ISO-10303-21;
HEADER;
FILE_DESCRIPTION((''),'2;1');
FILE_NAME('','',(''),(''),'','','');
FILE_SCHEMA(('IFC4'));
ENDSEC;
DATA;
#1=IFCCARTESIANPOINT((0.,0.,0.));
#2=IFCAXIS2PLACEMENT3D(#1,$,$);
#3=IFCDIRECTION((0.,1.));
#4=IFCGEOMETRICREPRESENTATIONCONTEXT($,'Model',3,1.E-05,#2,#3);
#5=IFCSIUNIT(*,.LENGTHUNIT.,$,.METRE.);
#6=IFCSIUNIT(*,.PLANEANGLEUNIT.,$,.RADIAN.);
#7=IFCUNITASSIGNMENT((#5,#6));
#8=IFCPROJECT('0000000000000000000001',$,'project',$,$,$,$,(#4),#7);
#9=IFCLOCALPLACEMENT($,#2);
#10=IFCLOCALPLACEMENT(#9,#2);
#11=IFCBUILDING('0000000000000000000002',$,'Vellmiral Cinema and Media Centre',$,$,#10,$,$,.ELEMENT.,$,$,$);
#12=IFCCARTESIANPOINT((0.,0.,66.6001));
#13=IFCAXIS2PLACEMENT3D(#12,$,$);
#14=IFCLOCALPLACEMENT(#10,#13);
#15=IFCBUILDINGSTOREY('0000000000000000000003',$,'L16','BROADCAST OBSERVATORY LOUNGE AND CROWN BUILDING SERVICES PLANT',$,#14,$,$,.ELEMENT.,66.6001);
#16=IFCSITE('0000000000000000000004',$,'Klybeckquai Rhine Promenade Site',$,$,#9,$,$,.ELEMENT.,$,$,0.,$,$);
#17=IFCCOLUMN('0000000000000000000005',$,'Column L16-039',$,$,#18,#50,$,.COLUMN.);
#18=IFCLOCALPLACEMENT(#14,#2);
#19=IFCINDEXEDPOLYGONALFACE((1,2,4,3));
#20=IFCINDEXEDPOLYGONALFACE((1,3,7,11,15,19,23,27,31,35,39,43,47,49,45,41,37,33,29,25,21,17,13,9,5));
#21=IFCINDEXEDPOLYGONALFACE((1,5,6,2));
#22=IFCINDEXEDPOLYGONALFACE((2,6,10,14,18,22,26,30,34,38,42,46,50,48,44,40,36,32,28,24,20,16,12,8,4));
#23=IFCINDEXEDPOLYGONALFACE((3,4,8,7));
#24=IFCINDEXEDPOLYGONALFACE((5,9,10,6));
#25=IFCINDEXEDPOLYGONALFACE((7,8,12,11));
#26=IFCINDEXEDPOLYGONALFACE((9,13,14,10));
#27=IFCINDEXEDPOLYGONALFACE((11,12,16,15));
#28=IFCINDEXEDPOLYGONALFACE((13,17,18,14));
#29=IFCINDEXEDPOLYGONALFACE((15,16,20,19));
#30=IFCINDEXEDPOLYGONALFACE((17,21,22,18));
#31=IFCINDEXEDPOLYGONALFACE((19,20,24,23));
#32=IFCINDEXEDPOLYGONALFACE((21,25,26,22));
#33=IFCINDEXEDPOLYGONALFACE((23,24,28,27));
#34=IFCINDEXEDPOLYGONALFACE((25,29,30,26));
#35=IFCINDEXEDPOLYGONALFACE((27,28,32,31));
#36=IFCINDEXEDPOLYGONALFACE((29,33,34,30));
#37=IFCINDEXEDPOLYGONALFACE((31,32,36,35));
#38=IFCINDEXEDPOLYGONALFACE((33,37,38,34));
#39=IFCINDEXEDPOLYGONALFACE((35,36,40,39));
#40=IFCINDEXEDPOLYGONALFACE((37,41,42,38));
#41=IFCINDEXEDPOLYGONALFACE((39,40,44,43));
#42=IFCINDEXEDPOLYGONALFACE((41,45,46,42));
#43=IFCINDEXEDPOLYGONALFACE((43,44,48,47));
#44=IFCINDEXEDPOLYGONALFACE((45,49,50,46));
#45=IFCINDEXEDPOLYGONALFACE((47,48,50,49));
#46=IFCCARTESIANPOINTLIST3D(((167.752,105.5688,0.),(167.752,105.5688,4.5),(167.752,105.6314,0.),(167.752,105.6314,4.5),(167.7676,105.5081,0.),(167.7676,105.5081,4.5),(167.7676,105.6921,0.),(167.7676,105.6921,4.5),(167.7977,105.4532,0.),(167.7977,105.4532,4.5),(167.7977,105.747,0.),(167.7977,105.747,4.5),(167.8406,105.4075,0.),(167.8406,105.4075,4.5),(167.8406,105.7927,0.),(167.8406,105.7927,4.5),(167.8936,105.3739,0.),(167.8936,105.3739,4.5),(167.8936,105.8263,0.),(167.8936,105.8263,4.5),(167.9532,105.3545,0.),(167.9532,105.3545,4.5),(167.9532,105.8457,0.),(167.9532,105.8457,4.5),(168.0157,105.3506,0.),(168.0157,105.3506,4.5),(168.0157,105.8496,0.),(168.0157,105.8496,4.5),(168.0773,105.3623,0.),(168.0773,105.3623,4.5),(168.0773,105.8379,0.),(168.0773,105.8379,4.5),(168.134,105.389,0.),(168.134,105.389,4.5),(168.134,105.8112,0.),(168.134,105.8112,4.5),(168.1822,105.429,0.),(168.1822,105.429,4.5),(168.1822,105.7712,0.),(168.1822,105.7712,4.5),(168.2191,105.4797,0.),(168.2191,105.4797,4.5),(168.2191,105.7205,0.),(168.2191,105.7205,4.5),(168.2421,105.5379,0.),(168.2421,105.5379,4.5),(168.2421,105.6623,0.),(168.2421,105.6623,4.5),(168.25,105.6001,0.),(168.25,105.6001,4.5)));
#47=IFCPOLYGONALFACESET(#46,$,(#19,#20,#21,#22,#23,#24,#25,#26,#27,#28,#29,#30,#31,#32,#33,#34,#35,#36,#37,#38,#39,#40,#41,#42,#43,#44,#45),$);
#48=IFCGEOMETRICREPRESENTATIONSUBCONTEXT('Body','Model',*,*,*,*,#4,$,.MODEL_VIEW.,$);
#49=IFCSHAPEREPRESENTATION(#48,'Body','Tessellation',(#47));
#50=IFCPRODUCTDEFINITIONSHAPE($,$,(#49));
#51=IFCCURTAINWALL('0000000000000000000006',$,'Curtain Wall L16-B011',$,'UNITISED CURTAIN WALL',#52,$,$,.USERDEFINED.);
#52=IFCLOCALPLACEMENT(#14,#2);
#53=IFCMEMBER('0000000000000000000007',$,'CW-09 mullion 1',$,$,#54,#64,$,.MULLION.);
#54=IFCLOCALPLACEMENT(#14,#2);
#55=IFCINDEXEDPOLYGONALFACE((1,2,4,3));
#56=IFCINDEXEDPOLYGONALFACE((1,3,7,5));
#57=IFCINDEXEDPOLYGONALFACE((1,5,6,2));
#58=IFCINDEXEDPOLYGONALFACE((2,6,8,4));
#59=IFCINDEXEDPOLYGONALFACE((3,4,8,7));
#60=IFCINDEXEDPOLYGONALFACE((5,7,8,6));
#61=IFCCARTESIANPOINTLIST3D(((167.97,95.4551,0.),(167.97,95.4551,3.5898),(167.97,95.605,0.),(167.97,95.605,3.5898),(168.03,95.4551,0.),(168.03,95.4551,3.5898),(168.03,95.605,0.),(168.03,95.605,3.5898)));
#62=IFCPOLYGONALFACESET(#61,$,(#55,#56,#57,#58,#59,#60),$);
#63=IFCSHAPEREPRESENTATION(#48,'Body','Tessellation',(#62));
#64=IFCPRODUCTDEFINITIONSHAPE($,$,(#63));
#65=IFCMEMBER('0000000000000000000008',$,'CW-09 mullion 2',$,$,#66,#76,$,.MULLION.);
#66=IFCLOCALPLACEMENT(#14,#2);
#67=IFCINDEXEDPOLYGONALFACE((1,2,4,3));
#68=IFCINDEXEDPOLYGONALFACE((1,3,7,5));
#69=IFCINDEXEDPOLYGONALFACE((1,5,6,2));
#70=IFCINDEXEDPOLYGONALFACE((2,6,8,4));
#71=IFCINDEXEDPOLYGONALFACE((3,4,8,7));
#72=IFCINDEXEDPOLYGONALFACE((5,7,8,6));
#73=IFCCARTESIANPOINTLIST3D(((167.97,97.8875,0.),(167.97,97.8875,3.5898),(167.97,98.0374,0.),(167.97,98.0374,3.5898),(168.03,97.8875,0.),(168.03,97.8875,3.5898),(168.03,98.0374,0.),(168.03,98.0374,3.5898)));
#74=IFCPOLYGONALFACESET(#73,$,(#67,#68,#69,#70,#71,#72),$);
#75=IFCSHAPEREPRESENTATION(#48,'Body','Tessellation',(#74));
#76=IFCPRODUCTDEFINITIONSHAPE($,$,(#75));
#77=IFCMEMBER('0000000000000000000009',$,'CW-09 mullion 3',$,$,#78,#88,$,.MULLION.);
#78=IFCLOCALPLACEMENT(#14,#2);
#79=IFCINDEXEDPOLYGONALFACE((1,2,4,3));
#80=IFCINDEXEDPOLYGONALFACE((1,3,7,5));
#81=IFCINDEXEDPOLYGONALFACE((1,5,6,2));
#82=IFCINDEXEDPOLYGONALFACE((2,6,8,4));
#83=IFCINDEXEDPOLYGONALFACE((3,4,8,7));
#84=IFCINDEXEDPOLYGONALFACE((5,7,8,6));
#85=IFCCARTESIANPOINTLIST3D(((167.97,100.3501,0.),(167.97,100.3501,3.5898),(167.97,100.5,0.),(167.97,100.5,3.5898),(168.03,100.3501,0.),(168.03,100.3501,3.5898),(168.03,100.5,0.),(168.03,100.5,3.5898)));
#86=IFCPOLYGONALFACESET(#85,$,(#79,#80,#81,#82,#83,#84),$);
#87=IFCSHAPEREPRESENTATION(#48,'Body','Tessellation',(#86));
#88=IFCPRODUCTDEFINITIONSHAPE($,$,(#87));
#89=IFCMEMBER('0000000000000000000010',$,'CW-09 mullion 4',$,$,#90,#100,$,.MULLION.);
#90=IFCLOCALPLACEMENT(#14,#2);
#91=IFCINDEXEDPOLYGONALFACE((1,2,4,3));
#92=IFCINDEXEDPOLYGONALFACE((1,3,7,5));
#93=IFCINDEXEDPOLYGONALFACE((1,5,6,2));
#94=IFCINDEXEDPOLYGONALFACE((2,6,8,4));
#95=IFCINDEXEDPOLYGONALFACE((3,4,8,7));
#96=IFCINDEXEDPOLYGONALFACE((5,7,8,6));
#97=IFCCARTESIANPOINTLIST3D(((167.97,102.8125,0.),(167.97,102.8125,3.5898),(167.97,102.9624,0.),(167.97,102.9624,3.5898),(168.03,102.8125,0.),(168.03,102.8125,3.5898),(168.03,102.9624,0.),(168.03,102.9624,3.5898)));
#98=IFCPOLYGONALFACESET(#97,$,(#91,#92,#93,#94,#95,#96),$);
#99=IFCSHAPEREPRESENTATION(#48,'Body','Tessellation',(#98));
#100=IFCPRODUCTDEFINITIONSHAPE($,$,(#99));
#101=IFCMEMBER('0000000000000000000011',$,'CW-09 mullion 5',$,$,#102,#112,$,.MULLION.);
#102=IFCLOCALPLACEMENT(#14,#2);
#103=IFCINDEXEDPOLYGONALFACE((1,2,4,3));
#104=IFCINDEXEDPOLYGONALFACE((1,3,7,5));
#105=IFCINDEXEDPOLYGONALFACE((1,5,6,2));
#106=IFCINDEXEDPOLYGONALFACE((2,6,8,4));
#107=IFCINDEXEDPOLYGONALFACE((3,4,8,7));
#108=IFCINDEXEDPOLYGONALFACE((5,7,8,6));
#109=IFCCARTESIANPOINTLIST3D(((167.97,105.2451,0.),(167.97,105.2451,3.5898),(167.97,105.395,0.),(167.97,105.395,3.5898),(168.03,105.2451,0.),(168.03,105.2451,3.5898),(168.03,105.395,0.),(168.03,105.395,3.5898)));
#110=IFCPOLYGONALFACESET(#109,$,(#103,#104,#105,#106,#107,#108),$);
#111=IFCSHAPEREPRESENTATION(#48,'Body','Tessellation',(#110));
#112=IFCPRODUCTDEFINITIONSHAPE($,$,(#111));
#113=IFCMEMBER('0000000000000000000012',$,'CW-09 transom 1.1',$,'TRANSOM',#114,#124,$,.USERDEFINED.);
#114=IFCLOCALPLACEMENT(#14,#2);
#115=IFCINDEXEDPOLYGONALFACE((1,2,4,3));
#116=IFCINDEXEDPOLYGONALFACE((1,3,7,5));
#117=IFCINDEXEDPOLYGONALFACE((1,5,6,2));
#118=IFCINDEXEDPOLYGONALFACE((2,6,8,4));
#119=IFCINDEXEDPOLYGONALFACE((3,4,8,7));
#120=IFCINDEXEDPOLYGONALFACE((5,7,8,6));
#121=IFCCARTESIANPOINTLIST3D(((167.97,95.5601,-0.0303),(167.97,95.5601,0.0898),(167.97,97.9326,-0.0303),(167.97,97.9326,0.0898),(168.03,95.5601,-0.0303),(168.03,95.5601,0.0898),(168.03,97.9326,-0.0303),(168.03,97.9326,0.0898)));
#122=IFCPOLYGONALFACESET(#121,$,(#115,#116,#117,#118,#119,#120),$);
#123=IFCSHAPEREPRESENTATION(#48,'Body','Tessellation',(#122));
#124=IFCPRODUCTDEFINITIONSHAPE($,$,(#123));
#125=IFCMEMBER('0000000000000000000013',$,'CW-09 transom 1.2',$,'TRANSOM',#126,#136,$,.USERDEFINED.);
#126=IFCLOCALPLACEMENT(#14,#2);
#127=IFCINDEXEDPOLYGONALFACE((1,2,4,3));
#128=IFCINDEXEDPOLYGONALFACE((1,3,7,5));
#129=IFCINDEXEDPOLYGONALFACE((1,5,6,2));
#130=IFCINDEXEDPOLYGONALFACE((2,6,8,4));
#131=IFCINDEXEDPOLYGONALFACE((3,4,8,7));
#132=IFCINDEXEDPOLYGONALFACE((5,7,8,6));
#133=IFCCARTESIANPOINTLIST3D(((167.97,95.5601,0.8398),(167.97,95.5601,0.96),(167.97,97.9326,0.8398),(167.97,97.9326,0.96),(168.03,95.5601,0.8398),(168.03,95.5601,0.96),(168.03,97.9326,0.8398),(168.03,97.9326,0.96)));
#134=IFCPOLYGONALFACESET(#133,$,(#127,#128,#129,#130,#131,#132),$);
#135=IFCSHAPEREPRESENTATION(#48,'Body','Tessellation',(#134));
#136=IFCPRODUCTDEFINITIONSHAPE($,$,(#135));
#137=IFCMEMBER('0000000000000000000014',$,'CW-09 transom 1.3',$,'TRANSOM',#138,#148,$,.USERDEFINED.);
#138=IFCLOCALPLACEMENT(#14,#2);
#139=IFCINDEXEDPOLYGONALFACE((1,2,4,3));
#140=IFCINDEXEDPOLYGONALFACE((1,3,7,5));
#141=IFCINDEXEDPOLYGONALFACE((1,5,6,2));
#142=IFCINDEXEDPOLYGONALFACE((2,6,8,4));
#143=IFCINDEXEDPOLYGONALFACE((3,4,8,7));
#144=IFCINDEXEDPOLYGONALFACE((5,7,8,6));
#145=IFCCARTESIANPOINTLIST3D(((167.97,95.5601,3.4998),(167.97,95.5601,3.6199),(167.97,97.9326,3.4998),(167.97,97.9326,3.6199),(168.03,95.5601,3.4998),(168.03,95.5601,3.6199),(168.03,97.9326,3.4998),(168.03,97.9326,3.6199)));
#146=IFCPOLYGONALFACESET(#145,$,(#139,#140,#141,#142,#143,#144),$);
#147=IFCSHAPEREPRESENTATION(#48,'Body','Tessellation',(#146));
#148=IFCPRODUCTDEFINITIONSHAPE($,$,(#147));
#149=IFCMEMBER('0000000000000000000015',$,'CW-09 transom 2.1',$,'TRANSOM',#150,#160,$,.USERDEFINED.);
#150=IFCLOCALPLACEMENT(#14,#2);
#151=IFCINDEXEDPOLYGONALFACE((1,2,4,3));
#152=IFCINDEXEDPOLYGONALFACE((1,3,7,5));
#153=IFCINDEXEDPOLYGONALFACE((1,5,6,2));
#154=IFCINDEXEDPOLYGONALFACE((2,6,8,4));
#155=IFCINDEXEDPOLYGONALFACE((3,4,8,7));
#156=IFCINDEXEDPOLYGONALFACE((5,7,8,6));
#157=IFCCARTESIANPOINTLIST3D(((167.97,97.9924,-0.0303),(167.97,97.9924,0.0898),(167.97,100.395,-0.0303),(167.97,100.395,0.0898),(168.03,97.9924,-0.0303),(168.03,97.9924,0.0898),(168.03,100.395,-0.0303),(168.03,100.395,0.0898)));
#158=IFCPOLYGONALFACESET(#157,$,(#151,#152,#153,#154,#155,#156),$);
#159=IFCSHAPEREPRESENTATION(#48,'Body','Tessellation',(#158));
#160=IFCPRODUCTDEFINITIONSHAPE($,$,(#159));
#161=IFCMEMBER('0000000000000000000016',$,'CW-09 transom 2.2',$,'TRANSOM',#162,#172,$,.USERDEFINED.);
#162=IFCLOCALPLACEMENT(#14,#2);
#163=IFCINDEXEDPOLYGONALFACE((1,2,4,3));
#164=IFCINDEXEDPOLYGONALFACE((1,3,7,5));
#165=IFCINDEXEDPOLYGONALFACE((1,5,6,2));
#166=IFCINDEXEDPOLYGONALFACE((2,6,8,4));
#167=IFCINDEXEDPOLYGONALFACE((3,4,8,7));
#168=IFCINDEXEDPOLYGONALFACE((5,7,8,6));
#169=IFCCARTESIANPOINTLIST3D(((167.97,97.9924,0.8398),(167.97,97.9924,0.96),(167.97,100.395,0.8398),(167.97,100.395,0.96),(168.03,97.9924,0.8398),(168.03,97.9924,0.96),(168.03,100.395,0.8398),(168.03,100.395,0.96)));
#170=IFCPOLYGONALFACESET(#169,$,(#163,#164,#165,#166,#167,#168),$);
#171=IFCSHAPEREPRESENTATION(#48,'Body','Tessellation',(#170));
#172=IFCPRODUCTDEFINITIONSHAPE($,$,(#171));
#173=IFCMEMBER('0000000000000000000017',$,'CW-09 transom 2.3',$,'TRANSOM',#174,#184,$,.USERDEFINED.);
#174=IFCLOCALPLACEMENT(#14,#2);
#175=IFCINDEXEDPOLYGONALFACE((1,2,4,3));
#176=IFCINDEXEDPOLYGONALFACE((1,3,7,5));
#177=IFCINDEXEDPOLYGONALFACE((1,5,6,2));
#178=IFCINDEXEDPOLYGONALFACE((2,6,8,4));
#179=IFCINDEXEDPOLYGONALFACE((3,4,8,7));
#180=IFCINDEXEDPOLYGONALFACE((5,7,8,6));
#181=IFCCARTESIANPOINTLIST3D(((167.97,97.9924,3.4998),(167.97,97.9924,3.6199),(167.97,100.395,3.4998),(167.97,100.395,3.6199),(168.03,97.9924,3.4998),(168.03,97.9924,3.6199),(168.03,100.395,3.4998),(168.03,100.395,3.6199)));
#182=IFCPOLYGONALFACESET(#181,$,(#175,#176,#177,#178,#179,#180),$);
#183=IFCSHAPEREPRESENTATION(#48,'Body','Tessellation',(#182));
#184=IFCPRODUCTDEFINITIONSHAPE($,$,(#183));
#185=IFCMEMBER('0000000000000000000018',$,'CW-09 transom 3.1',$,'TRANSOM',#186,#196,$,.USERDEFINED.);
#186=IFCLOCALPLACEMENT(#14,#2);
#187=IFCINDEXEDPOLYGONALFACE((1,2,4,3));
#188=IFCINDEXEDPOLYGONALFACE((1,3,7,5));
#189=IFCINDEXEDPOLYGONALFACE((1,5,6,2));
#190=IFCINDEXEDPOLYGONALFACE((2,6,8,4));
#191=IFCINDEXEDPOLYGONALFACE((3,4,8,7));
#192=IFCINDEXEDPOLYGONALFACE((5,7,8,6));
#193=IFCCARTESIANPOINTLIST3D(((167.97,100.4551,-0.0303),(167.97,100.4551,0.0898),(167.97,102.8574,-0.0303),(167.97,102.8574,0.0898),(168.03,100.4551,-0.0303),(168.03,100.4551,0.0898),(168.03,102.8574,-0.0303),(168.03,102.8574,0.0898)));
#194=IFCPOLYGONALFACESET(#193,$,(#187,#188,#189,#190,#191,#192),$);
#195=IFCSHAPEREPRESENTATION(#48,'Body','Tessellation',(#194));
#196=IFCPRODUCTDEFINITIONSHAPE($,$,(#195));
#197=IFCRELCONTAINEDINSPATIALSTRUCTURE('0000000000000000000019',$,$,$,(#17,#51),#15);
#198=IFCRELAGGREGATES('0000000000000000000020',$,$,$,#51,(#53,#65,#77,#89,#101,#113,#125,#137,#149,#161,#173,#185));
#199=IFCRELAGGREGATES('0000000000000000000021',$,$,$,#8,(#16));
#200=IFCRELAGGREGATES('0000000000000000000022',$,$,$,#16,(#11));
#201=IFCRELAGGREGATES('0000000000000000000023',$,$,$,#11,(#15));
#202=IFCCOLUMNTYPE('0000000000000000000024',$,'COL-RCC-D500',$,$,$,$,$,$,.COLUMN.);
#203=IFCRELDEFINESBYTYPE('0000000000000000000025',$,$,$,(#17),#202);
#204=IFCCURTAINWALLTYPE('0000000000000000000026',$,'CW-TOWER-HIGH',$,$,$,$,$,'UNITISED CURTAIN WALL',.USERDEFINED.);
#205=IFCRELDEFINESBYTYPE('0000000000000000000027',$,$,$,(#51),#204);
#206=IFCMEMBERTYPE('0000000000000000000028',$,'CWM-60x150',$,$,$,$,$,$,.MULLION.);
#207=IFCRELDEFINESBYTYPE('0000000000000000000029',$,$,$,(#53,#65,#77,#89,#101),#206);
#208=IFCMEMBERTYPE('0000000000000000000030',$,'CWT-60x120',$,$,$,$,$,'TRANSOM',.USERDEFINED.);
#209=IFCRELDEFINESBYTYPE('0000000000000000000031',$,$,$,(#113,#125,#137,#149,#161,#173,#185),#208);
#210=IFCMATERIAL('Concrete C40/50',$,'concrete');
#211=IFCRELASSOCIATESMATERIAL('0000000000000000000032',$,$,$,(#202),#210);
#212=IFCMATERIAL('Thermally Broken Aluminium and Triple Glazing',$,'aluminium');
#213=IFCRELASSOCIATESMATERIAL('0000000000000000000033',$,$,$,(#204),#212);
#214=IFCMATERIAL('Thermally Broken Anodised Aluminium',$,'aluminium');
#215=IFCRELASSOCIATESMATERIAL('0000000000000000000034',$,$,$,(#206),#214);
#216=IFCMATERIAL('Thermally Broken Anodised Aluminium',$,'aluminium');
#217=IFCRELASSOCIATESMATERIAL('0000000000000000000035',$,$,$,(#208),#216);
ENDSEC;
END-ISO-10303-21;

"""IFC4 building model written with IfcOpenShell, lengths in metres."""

from ifc_helpers import new_model, si_unit, direction, frame, origin, origin_2d, place, context, subcontext, project, spatial, rectangle, circle, extrude, material, material_profile, profile_set, type_object, element, aggregate, save


model = new_model("IFC4")

# Units and contexts
model_context = context("Model", 3, precision=1e-05, world=origin(), true_north=direction((0.0, 1.0)))
body_context = subcontext(model_context, "Body", "Model", "MODEL_VIEW")
ifc_project = project(units=[si_unit("LENGTHUNIT", "METRE"), si_unit("PLANEANGLEUNIT", "RADIAN")], contexts=[model_context])

# Site, building, storey
site_placement = place(None, origin())
site = spatial("IfcSite", under=ifc_project, at=site_placement, Name="Klybeckquai Rhine Promenade Site", CompositionType="ELEMENT", RefElevation=0.0)
building_placement = place(site_placement, origin())
building = spatial("IfcBuilding", under=site, at=building_placement, Name="Vellmiral Cinema and Media Centre", CompositionType="ELEMENT")
storey_placement = place(building_placement, frame((0.0, 0.0, 66.6001)))
storey = spatial("IfcBuildingStorey", under=building, at=storey_placement, Name="L16", Description="BROADCAST OBSERVATORY LOUNGE AND CROWN BUILDING SERVICES PLANT", CompositionType="ELEMENT", Elevation=66.6001)

# Column
ifc_material_1 = material(Name="Concrete C40/50", Category="concrete")
ifc_material_profile_1 = material_profile(ifc_material_1, circle(Radius=0.25, at=origin_2d()), Name="RC D500")
ifc_profile_set_1 = profile_set([ifc_material_profile_1], Name="Concrete C40/50")
column_type = type_object("IfcColumnType", Name="COL-RCC-D500", PredefinedType="COLUMN", material=ifc_profile_set_1)
column_placement = place(storey_placement, frame((168.0, 105.6001, 0.0), z_axis=(0.0, 0.0, 1.0), x_axis=(1.0, 0.0, 0.0)))
element("IfcColumn", 1, at=column_placement, inside=storey, type_object=column_type, Name="Column L16-039", PredefinedType="COLUMN", context=body_context, shape_type="SweptSolid", body=[
    extrude(circle(Radius=0.25, at=origin_2d()), origin(), (0.0, 0.0, 1.0), 4.5),
])

# Curtain wall, members
ifc_material_2 = material(Name="Thermally Broken Aluminium and Triple Glazing", Category="aluminium")
curtain_wall_type = type_object("IfcCurtainWallType", Name="CW-TOWER-HIGH", ElementType="UNITISED CURTAIN WALL", PredefinedType="USERDEFINED", material=ifc_material_2)
curtain_wall_placement = place(storey_placement, origin())
curtain_wall = element("IfcCurtainWall", 2, at=curtain_wall_placement, inside=storey, type_object=curtain_wall_type, Name="Curtain Wall L16-B011", ObjectType="UNITISED CURTAIN WALL", PredefinedType="USERDEFINED")
ifc_material_3 = material(Name="Thermally Broken Anodised Aluminium", Category="aluminium")
ifc_material_profile_2 = material_profile(ifc_material_3, rectangle(XDim=0.0601, YDim=0.1499, at=origin_2d()), Name="MULL 60x150")
ifc_profile_set_2 = profile_set([ifc_material_profile_2], Name="Thermally Broken Anodised Aluminium")
member_type_1 = type_object("IfcMemberType", Name="CWM-60x150", PredefinedType="MULLION", material=ifc_profile_set_2)
member_1_placement = place(storey_placement, frame((168.0, 95.53, 0.0), z_axis=(0.0, 0.0, 1.0), x_axis=(-1.0, 0.0, 0.0)))
member_1 = element("IfcMember", 3, at=member_1_placement, type_object=member_type_1, Name="CW-09 mullion 1", PredefinedType="MULLION", context=body_context, shape_type="SweptSolid", body=[
    extrude(rectangle(XDim=0.0601, YDim=0.1499, at=origin_2d()), origin(), (0.0, 0.0, 1.0), 3.5898),
])
member_2_placement = place(storey_placement, frame((168.0, 97.9624, 0.0), z_axis=(0.0, 0.0, 1.0), x_axis=(-1.0, 0.0, 0.0)))
member_2 = element("IfcMember", 4, at=member_2_placement, type_object=member_type_1, Name="CW-09 mullion 2", PredefinedType="MULLION", context=body_context, shape_type="SweptSolid", body=[
    extrude(rectangle(XDim=0.0601, YDim=0.1499, at=origin_2d()), origin(), (0.0, 0.0, 1.0), 3.5898),
])
member_3_placement = place(storey_placement, frame((168.0, 100.425, 0.0), z_axis=(0.0, 0.0, 1.0), x_axis=(-1.0, 0.0, 0.0)))
member_3 = element("IfcMember", 5, at=member_3_placement, type_object=member_type_1, Name="CW-09 mullion 3", PredefinedType="MULLION", context=body_context, shape_type="SweptSolid", body=[
    extrude(rectangle(XDim=0.0601, YDim=0.1499, at=origin_2d()), origin(), (0.0, 0.0, 1.0), 3.5898),
])
member_4_placement = place(storey_placement, frame((168.0, 102.8875, 0.0), z_axis=(0.0, 0.0, 1.0), x_axis=(-1.0, 0.0, 0.0)))
member_4 = element("IfcMember", 6, at=member_4_placement, type_object=member_type_1, Name="CW-09 mullion 4", PredefinedType="MULLION", context=body_context, shape_type="SweptSolid", body=[
    extrude(rectangle(XDim=0.0601, YDim=0.1499, at=origin_2d()), origin(), (0.0, 0.0, 1.0), 3.5898),
])
member_5_placement = place(storey_placement, frame((168.0, 105.3201, 0.0), z_axis=(0.0, 0.0, 1.0), x_axis=(-1.0, 0.0, 0.0)))
member_5 = element("IfcMember", 7, at=member_5_placement, type_object=member_type_1, Name="CW-09 mullion 5", PredefinedType="MULLION", context=body_context, shape_type="SweptSolid", body=[
    extrude(rectangle(XDim=0.0601, YDim=0.1499, at=origin_2d()), origin(), (0.0, 0.0, 1.0), 3.5898),
])
ifc_material_4 = material(Name="Thermally Broken Anodised Aluminium", Category="aluminium")
ifc_material_profile_3 = material_profile(ifc_material_4, rectangle(XDim=0.0601, YDim=0.1201, at=origin_2d()), Name="MULL 60x120")
ifc_profile_set_3 = profile_set([ifc_material_profile_3], Name="Thermally Broken Anodised Aluminium")
member_type_2 = type_object("IfcMemberType", Name="CWT-60x120", ElementType="TRANSOM", PredefinedType="USERDEFINED", material=ifc_profile_set_3)
member_6_placement = place(storey_placement, frame((168.0, 95.5601, 0.0298), z_axis=(0.0, 1.0, 0.0), x_axis=(-1.0, 0.0, 0.0)))
member_6 = element("IfcMember", 8, at=member_6_placement, type_object=member_type_2, Name="CW-09 transom 1.1", ObjectType="TRANSOM", PredefinedType="USERDEFINED", context=body_context, shape_type="SweptSolid", body=[
    extrude(rectangle(XDim=0.0601, YDim=0.1201, at=origin_2d()), origin(), (0.0, 0.0, 1.0), 2.3726),
])
member_7_placement = place(storey_placement, frame((168.0, 95.5601, 0.8999), z_axis=(0.0, 1.0, 0.0), x_axis=(-1.0, 0.0, 0.0)))
member_7 = element("IfcMember", 9, at=member_7_placement, type_object=member_type_2, Name="CW-09 transom 1.2", ObjectType="TRANSOM", PredefinedType="USERDEFINED", context=body_context, shape_type="SweptSolid", body=[
    extrude(rectangle(XDim=0.0601, YDim=0.1201, at=origin_2d()), origin(), (0.0, 0.0, 1.0), 2.3726),
])
member_8_placement = place(storey_placement, frame((168.0, 95.5601, 3.5598), z_axis=(0.0, 1.0, 0.0), x_axis=(-1.0, 0.0, 0.0)))
member_8 = element("IfcMember", 10, at=member_8_placement, type_object=member_type_2, Name="CW-09 transom 1.3", ObjectType="TRANSOM", PredefinedType="USERDEFINED", context=body_context, shape_type="SweptSolid", body=[
    extrude(rectangle(XDim=0.0601, YDim=0.1201, at=origin_2d()), origin(), (0.0, 0.0, 1.0), 2.3726),
])
member_9_placement = place(storey_placement, frame((168.0, 97.9924, 0.0298), z_axis=(0.0, 1.0, 0.0), x_axis=(-1.0, 0.0, 0.0)))
member_9 = element("IfcMember", 11, at=member_9_placement, type_object=member_type_2, Name="CW-09 transom 2.1", ObjectType="TRANSOM", PredefinedType="USERDEFINED", context=body_context, shape_type="SweptSolid", body=[
    extrude(rectangle(XDim=0.0601, YDim=0.1201, at=origin_2d()), origin(), (0.0, 0.0, 1.0), 2.4026),
])
member_10_placement = place(storey_placement, frame((168.0, 97.9924, 0.8999), z_axis=(0.0, 1.0, 0.0), x_axis=(-1.0, 0.0, 0.0)))
member_10 = element("IfcMember", 12, at=member_10_placement, type_object=member_type_2, Name="CW-09 transom 2.2", ObjectType="TRANSOM", PredefinedType="USERDEFINED", context=body_context, shape_type="SweptSolid", body=[
    extrude(rectangle(XDim=0.0601, YDim=0.1201, at=origin_2d()), origin(), (0.0, 0.0, 1.0), 2.4026),
])
member_11_placement = place(storey_placement, frame((168.0, 97.9924, 3.5598), z_axis=(0.0, 1.0, 0.0), x_axis=(-1.0, 0.0, 0.0)))
member_11 = element("IfcMember", 13, at=member_11_placement, type_object=member_type_2, Name="CW-09 transom 2.3", ObjectType="TRANSOM", PredefinedType="USERDEFINED", context=body_context, shape_type="SweptSolid", body=[
    extrude(rectangle(XDim=0.0601, YDim=0.1201, at=origin_2d()), origin(), (0.0, 0.0, 1.0), 2.4026),
])
member_12_placement = place(storey_placement, frame((168.0, 100.4551, 0.0298), z_axis=(0.0, 1.0, 0.0), x_axis=(-1.0, 0.0, 0.0)))
member_12 = element("IfcMember", 14, at=member_12_placement, type_object=member_type_2, Name="CW-09 transom 3.1", ObjectType="TRANSOM", PredefinedType="USERDEFINED", context=body_context, shape_type="SweptSolid", body=[
    extrude(rectangle(XDim=0.0601, YDim=0.1201, at=origin_2d()), origin(), (0.0, 0.0, 1.0), 2.4023),
])

aggregate(curtain_wall, [member_1, member_2, member_3, member_4, member_5, member_6, member_7, member_8, member_9, member_10, member_11, member_12])

save(model, "model.ifc")
